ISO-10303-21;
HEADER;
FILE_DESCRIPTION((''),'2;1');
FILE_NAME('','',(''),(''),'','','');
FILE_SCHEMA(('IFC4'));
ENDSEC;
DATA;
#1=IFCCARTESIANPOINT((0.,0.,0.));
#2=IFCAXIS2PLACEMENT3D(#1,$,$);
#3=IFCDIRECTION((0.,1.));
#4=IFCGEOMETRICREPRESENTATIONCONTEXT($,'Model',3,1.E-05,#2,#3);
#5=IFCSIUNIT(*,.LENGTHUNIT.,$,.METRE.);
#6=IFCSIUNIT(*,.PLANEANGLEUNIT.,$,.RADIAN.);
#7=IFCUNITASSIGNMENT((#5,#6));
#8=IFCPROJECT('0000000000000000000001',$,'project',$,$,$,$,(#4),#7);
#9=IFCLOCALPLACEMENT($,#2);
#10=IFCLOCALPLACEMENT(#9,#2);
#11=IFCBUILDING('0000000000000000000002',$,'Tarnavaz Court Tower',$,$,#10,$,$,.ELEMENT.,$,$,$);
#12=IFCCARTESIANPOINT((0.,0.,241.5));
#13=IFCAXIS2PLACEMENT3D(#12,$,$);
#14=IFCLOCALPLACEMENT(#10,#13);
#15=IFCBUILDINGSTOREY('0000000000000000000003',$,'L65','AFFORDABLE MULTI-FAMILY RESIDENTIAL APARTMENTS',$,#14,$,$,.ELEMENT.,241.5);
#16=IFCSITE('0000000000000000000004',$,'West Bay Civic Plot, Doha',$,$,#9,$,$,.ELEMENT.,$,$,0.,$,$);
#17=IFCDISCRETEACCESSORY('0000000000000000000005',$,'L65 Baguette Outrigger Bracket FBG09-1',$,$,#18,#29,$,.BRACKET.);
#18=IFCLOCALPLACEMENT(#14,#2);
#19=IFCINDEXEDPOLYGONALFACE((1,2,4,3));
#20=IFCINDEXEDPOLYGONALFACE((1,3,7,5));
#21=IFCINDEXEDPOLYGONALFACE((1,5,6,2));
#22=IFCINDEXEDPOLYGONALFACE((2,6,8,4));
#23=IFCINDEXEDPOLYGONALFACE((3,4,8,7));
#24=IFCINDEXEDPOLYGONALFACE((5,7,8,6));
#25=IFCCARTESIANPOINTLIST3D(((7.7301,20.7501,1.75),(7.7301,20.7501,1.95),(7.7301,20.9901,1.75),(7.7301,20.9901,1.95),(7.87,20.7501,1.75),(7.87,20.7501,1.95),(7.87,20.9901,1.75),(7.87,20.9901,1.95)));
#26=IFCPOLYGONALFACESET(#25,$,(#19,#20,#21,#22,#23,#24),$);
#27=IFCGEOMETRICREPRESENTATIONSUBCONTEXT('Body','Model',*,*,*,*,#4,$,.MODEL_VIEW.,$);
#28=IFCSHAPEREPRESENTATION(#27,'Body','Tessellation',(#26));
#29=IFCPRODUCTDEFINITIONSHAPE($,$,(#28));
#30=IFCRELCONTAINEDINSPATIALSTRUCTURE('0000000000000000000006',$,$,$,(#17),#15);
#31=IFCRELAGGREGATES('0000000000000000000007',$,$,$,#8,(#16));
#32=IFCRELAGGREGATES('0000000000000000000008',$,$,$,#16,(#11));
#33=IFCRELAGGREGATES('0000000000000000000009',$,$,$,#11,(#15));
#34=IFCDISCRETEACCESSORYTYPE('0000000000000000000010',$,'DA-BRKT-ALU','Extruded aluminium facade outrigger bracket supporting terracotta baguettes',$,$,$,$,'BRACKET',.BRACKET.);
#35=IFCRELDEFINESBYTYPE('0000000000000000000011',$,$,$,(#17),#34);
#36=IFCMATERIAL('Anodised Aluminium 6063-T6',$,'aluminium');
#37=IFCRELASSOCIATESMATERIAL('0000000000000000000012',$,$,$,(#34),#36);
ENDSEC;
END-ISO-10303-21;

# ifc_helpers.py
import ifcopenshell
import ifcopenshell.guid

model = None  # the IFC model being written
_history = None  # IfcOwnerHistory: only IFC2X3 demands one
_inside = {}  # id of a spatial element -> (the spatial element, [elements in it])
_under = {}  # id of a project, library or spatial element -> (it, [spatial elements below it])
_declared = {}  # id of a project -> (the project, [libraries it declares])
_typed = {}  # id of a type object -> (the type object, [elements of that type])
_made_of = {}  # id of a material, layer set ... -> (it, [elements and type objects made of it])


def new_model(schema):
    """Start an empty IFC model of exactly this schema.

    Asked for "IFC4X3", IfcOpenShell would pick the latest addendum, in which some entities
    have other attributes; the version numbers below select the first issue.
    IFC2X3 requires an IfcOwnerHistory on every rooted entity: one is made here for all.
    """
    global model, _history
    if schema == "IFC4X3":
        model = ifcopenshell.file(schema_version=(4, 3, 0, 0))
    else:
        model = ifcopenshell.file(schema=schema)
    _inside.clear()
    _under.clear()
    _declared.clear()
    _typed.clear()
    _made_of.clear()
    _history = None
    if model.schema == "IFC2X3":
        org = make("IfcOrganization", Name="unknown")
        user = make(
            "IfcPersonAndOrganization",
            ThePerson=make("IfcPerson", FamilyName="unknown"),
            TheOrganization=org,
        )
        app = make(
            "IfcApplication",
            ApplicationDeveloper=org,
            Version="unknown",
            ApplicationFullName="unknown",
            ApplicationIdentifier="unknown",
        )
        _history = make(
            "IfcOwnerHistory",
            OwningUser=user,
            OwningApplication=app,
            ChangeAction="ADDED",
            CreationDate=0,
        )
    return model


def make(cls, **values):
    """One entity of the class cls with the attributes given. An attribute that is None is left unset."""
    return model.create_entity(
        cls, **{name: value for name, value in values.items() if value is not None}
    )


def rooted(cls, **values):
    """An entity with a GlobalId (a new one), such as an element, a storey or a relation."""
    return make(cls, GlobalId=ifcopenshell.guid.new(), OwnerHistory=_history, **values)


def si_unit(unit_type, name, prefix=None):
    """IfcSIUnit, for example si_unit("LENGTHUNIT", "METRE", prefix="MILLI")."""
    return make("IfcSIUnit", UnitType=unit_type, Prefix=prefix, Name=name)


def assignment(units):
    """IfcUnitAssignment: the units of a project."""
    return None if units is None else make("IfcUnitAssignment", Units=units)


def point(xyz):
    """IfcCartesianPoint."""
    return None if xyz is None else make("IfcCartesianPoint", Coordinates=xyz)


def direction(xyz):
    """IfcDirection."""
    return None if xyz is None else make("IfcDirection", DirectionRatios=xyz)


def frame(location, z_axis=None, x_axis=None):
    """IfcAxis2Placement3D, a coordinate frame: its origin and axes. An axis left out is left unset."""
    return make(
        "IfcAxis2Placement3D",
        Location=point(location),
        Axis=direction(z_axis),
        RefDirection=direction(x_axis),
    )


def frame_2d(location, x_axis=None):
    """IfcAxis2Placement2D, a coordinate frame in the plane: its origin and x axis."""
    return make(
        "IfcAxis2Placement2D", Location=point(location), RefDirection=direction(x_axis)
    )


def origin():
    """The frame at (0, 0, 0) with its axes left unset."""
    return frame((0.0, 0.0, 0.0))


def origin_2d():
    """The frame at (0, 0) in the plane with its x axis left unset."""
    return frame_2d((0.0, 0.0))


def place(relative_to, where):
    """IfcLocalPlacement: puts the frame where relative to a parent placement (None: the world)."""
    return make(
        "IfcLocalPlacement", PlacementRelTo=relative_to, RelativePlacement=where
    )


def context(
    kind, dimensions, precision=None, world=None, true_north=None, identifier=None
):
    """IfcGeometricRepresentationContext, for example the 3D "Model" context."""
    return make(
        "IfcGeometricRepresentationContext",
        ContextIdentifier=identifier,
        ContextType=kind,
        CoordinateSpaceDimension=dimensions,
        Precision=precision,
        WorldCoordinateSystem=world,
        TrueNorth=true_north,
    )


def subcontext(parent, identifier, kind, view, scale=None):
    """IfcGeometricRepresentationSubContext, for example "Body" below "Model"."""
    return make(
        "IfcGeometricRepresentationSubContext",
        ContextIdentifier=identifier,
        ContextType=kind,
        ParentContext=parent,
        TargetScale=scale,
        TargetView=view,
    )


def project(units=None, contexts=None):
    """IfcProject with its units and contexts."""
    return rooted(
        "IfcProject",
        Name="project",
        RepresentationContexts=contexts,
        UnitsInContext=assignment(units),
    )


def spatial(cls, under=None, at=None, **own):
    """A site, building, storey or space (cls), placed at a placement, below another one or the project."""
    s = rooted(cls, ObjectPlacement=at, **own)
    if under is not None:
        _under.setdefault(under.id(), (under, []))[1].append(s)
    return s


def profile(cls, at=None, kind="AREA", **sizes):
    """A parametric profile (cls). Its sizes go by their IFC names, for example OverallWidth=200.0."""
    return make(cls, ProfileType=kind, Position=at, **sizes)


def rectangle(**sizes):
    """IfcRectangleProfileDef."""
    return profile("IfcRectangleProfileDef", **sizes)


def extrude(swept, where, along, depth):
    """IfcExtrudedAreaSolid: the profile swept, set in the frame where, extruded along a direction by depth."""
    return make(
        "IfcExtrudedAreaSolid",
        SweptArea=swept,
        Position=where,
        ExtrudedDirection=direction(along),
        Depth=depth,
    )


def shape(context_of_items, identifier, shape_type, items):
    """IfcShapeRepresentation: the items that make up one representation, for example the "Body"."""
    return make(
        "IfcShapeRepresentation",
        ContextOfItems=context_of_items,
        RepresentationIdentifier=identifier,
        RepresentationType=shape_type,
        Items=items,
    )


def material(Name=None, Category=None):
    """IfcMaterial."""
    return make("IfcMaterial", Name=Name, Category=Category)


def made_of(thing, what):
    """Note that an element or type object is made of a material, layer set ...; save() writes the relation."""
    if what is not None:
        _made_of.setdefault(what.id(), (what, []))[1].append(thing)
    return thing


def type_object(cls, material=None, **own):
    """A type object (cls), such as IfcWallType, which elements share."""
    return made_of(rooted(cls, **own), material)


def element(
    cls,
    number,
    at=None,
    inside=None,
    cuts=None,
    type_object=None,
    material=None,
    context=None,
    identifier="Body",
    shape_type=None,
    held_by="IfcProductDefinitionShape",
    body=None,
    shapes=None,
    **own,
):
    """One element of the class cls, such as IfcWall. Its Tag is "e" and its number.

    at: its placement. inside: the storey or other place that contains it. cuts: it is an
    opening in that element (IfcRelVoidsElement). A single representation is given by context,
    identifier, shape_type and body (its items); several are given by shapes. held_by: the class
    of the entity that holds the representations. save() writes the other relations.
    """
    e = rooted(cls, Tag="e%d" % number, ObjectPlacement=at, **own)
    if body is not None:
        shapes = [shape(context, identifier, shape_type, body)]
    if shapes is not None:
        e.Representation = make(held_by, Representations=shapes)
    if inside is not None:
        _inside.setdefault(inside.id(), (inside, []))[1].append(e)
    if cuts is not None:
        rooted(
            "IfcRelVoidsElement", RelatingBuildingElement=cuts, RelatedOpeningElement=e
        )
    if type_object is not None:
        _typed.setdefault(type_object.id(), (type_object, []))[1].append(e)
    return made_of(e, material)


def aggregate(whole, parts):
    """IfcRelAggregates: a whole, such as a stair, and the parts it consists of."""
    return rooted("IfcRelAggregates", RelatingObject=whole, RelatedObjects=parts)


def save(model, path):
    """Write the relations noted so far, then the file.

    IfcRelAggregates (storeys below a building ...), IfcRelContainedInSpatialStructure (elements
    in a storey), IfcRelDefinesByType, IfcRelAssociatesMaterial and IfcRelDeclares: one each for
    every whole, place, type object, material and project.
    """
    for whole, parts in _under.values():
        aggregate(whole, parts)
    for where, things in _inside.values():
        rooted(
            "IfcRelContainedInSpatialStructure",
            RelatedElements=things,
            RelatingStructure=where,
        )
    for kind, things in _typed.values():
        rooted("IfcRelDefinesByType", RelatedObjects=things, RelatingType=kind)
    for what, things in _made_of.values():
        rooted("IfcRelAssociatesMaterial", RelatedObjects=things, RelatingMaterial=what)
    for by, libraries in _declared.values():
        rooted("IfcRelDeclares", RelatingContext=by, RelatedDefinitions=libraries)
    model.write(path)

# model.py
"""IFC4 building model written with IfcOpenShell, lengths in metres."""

from ifc_helpers import new_model, si_unit, direction, frame, origin, origin_2d, place, context, subcontext, project, spatial, rectangle, extrude, material, type_object, element, save


model = new_model("IFC4")

# Units and contexts
model_context = context("Model", 3, precision=1e-05, world=origin(), true_north=direction((0.0, 1.0)))
body_context = subcontext(model_context, "Body", "Model", "MODEL_VIEW")
ifc_project = project(units=[si_unit("LENGTHUNIT", "METRE"), si_unit("PLANEANGLEUNIT", "RADIAN")], contexts=[model_context])

# Site, building, storey
site_placement = place(None, origin())
site = spatial("IfcSite", under=ifc_project, at=site_placement, Name="West Bay Civic Plot, Doha", CompositionType="ELEMENT", RefElevation=0.0)
building_placement = place(site_placement, origin())
building = spatial("IfcBuilding", under=site, at=building_placement, Name="Tarnavaz Court Tower", CompositionType="ELEMENT")
storey_placement = place(building_placement, frame((0.0, 0.0, 241.5)))
storey = spatial("IfcBuildingStorey", under=building, at=storey_placement, Name="L65", Description="AFFORDABLE MULTI-FAMILY RESIDENTIAL APARTMENTS", CompositionType="ELEMENT", Elevation=241.5)

# Shared definitions
ifc_material_1 = material(Name="Anodised Aluminium 6063-T6", Category="aluminium")

# Discrete accessory
discrete_accessory_type = type_object("IfcDiscreteAccessoryType", Name="DA-BRKT-ALU", Description="Extruded aluminium facade outrigger bracket supporting terracotta baguettes", ElementType="BRACKET", PredefinedType="BRACKET", material=ifc_material_1)
for number, where, z_axis, x_axis, name in (
    (1, (7.8, 20.8701, 1.75), (0.0, 0.0, 1.0), (1.0, 0.0, 0.0), "L65 Baguette Outrigger Bracket FBG09-1"),
):
    element("IfcDiscreteAccessory", number, at=place(storey_placement, frame(where, z_axis=z_axis, x_axis=x_axis)), inside=storey, type_object=discrete_accessory_type, Name=name, PredefinedType="BRACKET", context=body_context, shape_type="SweptSolid", body=[
        extrude(rectangle(XDim=0.1399, YDim=0.24, at=origin_2d()), origin(), (0.0, 0.0, 1.0), 0.2),
    ])

save(model, "model.ifc")
